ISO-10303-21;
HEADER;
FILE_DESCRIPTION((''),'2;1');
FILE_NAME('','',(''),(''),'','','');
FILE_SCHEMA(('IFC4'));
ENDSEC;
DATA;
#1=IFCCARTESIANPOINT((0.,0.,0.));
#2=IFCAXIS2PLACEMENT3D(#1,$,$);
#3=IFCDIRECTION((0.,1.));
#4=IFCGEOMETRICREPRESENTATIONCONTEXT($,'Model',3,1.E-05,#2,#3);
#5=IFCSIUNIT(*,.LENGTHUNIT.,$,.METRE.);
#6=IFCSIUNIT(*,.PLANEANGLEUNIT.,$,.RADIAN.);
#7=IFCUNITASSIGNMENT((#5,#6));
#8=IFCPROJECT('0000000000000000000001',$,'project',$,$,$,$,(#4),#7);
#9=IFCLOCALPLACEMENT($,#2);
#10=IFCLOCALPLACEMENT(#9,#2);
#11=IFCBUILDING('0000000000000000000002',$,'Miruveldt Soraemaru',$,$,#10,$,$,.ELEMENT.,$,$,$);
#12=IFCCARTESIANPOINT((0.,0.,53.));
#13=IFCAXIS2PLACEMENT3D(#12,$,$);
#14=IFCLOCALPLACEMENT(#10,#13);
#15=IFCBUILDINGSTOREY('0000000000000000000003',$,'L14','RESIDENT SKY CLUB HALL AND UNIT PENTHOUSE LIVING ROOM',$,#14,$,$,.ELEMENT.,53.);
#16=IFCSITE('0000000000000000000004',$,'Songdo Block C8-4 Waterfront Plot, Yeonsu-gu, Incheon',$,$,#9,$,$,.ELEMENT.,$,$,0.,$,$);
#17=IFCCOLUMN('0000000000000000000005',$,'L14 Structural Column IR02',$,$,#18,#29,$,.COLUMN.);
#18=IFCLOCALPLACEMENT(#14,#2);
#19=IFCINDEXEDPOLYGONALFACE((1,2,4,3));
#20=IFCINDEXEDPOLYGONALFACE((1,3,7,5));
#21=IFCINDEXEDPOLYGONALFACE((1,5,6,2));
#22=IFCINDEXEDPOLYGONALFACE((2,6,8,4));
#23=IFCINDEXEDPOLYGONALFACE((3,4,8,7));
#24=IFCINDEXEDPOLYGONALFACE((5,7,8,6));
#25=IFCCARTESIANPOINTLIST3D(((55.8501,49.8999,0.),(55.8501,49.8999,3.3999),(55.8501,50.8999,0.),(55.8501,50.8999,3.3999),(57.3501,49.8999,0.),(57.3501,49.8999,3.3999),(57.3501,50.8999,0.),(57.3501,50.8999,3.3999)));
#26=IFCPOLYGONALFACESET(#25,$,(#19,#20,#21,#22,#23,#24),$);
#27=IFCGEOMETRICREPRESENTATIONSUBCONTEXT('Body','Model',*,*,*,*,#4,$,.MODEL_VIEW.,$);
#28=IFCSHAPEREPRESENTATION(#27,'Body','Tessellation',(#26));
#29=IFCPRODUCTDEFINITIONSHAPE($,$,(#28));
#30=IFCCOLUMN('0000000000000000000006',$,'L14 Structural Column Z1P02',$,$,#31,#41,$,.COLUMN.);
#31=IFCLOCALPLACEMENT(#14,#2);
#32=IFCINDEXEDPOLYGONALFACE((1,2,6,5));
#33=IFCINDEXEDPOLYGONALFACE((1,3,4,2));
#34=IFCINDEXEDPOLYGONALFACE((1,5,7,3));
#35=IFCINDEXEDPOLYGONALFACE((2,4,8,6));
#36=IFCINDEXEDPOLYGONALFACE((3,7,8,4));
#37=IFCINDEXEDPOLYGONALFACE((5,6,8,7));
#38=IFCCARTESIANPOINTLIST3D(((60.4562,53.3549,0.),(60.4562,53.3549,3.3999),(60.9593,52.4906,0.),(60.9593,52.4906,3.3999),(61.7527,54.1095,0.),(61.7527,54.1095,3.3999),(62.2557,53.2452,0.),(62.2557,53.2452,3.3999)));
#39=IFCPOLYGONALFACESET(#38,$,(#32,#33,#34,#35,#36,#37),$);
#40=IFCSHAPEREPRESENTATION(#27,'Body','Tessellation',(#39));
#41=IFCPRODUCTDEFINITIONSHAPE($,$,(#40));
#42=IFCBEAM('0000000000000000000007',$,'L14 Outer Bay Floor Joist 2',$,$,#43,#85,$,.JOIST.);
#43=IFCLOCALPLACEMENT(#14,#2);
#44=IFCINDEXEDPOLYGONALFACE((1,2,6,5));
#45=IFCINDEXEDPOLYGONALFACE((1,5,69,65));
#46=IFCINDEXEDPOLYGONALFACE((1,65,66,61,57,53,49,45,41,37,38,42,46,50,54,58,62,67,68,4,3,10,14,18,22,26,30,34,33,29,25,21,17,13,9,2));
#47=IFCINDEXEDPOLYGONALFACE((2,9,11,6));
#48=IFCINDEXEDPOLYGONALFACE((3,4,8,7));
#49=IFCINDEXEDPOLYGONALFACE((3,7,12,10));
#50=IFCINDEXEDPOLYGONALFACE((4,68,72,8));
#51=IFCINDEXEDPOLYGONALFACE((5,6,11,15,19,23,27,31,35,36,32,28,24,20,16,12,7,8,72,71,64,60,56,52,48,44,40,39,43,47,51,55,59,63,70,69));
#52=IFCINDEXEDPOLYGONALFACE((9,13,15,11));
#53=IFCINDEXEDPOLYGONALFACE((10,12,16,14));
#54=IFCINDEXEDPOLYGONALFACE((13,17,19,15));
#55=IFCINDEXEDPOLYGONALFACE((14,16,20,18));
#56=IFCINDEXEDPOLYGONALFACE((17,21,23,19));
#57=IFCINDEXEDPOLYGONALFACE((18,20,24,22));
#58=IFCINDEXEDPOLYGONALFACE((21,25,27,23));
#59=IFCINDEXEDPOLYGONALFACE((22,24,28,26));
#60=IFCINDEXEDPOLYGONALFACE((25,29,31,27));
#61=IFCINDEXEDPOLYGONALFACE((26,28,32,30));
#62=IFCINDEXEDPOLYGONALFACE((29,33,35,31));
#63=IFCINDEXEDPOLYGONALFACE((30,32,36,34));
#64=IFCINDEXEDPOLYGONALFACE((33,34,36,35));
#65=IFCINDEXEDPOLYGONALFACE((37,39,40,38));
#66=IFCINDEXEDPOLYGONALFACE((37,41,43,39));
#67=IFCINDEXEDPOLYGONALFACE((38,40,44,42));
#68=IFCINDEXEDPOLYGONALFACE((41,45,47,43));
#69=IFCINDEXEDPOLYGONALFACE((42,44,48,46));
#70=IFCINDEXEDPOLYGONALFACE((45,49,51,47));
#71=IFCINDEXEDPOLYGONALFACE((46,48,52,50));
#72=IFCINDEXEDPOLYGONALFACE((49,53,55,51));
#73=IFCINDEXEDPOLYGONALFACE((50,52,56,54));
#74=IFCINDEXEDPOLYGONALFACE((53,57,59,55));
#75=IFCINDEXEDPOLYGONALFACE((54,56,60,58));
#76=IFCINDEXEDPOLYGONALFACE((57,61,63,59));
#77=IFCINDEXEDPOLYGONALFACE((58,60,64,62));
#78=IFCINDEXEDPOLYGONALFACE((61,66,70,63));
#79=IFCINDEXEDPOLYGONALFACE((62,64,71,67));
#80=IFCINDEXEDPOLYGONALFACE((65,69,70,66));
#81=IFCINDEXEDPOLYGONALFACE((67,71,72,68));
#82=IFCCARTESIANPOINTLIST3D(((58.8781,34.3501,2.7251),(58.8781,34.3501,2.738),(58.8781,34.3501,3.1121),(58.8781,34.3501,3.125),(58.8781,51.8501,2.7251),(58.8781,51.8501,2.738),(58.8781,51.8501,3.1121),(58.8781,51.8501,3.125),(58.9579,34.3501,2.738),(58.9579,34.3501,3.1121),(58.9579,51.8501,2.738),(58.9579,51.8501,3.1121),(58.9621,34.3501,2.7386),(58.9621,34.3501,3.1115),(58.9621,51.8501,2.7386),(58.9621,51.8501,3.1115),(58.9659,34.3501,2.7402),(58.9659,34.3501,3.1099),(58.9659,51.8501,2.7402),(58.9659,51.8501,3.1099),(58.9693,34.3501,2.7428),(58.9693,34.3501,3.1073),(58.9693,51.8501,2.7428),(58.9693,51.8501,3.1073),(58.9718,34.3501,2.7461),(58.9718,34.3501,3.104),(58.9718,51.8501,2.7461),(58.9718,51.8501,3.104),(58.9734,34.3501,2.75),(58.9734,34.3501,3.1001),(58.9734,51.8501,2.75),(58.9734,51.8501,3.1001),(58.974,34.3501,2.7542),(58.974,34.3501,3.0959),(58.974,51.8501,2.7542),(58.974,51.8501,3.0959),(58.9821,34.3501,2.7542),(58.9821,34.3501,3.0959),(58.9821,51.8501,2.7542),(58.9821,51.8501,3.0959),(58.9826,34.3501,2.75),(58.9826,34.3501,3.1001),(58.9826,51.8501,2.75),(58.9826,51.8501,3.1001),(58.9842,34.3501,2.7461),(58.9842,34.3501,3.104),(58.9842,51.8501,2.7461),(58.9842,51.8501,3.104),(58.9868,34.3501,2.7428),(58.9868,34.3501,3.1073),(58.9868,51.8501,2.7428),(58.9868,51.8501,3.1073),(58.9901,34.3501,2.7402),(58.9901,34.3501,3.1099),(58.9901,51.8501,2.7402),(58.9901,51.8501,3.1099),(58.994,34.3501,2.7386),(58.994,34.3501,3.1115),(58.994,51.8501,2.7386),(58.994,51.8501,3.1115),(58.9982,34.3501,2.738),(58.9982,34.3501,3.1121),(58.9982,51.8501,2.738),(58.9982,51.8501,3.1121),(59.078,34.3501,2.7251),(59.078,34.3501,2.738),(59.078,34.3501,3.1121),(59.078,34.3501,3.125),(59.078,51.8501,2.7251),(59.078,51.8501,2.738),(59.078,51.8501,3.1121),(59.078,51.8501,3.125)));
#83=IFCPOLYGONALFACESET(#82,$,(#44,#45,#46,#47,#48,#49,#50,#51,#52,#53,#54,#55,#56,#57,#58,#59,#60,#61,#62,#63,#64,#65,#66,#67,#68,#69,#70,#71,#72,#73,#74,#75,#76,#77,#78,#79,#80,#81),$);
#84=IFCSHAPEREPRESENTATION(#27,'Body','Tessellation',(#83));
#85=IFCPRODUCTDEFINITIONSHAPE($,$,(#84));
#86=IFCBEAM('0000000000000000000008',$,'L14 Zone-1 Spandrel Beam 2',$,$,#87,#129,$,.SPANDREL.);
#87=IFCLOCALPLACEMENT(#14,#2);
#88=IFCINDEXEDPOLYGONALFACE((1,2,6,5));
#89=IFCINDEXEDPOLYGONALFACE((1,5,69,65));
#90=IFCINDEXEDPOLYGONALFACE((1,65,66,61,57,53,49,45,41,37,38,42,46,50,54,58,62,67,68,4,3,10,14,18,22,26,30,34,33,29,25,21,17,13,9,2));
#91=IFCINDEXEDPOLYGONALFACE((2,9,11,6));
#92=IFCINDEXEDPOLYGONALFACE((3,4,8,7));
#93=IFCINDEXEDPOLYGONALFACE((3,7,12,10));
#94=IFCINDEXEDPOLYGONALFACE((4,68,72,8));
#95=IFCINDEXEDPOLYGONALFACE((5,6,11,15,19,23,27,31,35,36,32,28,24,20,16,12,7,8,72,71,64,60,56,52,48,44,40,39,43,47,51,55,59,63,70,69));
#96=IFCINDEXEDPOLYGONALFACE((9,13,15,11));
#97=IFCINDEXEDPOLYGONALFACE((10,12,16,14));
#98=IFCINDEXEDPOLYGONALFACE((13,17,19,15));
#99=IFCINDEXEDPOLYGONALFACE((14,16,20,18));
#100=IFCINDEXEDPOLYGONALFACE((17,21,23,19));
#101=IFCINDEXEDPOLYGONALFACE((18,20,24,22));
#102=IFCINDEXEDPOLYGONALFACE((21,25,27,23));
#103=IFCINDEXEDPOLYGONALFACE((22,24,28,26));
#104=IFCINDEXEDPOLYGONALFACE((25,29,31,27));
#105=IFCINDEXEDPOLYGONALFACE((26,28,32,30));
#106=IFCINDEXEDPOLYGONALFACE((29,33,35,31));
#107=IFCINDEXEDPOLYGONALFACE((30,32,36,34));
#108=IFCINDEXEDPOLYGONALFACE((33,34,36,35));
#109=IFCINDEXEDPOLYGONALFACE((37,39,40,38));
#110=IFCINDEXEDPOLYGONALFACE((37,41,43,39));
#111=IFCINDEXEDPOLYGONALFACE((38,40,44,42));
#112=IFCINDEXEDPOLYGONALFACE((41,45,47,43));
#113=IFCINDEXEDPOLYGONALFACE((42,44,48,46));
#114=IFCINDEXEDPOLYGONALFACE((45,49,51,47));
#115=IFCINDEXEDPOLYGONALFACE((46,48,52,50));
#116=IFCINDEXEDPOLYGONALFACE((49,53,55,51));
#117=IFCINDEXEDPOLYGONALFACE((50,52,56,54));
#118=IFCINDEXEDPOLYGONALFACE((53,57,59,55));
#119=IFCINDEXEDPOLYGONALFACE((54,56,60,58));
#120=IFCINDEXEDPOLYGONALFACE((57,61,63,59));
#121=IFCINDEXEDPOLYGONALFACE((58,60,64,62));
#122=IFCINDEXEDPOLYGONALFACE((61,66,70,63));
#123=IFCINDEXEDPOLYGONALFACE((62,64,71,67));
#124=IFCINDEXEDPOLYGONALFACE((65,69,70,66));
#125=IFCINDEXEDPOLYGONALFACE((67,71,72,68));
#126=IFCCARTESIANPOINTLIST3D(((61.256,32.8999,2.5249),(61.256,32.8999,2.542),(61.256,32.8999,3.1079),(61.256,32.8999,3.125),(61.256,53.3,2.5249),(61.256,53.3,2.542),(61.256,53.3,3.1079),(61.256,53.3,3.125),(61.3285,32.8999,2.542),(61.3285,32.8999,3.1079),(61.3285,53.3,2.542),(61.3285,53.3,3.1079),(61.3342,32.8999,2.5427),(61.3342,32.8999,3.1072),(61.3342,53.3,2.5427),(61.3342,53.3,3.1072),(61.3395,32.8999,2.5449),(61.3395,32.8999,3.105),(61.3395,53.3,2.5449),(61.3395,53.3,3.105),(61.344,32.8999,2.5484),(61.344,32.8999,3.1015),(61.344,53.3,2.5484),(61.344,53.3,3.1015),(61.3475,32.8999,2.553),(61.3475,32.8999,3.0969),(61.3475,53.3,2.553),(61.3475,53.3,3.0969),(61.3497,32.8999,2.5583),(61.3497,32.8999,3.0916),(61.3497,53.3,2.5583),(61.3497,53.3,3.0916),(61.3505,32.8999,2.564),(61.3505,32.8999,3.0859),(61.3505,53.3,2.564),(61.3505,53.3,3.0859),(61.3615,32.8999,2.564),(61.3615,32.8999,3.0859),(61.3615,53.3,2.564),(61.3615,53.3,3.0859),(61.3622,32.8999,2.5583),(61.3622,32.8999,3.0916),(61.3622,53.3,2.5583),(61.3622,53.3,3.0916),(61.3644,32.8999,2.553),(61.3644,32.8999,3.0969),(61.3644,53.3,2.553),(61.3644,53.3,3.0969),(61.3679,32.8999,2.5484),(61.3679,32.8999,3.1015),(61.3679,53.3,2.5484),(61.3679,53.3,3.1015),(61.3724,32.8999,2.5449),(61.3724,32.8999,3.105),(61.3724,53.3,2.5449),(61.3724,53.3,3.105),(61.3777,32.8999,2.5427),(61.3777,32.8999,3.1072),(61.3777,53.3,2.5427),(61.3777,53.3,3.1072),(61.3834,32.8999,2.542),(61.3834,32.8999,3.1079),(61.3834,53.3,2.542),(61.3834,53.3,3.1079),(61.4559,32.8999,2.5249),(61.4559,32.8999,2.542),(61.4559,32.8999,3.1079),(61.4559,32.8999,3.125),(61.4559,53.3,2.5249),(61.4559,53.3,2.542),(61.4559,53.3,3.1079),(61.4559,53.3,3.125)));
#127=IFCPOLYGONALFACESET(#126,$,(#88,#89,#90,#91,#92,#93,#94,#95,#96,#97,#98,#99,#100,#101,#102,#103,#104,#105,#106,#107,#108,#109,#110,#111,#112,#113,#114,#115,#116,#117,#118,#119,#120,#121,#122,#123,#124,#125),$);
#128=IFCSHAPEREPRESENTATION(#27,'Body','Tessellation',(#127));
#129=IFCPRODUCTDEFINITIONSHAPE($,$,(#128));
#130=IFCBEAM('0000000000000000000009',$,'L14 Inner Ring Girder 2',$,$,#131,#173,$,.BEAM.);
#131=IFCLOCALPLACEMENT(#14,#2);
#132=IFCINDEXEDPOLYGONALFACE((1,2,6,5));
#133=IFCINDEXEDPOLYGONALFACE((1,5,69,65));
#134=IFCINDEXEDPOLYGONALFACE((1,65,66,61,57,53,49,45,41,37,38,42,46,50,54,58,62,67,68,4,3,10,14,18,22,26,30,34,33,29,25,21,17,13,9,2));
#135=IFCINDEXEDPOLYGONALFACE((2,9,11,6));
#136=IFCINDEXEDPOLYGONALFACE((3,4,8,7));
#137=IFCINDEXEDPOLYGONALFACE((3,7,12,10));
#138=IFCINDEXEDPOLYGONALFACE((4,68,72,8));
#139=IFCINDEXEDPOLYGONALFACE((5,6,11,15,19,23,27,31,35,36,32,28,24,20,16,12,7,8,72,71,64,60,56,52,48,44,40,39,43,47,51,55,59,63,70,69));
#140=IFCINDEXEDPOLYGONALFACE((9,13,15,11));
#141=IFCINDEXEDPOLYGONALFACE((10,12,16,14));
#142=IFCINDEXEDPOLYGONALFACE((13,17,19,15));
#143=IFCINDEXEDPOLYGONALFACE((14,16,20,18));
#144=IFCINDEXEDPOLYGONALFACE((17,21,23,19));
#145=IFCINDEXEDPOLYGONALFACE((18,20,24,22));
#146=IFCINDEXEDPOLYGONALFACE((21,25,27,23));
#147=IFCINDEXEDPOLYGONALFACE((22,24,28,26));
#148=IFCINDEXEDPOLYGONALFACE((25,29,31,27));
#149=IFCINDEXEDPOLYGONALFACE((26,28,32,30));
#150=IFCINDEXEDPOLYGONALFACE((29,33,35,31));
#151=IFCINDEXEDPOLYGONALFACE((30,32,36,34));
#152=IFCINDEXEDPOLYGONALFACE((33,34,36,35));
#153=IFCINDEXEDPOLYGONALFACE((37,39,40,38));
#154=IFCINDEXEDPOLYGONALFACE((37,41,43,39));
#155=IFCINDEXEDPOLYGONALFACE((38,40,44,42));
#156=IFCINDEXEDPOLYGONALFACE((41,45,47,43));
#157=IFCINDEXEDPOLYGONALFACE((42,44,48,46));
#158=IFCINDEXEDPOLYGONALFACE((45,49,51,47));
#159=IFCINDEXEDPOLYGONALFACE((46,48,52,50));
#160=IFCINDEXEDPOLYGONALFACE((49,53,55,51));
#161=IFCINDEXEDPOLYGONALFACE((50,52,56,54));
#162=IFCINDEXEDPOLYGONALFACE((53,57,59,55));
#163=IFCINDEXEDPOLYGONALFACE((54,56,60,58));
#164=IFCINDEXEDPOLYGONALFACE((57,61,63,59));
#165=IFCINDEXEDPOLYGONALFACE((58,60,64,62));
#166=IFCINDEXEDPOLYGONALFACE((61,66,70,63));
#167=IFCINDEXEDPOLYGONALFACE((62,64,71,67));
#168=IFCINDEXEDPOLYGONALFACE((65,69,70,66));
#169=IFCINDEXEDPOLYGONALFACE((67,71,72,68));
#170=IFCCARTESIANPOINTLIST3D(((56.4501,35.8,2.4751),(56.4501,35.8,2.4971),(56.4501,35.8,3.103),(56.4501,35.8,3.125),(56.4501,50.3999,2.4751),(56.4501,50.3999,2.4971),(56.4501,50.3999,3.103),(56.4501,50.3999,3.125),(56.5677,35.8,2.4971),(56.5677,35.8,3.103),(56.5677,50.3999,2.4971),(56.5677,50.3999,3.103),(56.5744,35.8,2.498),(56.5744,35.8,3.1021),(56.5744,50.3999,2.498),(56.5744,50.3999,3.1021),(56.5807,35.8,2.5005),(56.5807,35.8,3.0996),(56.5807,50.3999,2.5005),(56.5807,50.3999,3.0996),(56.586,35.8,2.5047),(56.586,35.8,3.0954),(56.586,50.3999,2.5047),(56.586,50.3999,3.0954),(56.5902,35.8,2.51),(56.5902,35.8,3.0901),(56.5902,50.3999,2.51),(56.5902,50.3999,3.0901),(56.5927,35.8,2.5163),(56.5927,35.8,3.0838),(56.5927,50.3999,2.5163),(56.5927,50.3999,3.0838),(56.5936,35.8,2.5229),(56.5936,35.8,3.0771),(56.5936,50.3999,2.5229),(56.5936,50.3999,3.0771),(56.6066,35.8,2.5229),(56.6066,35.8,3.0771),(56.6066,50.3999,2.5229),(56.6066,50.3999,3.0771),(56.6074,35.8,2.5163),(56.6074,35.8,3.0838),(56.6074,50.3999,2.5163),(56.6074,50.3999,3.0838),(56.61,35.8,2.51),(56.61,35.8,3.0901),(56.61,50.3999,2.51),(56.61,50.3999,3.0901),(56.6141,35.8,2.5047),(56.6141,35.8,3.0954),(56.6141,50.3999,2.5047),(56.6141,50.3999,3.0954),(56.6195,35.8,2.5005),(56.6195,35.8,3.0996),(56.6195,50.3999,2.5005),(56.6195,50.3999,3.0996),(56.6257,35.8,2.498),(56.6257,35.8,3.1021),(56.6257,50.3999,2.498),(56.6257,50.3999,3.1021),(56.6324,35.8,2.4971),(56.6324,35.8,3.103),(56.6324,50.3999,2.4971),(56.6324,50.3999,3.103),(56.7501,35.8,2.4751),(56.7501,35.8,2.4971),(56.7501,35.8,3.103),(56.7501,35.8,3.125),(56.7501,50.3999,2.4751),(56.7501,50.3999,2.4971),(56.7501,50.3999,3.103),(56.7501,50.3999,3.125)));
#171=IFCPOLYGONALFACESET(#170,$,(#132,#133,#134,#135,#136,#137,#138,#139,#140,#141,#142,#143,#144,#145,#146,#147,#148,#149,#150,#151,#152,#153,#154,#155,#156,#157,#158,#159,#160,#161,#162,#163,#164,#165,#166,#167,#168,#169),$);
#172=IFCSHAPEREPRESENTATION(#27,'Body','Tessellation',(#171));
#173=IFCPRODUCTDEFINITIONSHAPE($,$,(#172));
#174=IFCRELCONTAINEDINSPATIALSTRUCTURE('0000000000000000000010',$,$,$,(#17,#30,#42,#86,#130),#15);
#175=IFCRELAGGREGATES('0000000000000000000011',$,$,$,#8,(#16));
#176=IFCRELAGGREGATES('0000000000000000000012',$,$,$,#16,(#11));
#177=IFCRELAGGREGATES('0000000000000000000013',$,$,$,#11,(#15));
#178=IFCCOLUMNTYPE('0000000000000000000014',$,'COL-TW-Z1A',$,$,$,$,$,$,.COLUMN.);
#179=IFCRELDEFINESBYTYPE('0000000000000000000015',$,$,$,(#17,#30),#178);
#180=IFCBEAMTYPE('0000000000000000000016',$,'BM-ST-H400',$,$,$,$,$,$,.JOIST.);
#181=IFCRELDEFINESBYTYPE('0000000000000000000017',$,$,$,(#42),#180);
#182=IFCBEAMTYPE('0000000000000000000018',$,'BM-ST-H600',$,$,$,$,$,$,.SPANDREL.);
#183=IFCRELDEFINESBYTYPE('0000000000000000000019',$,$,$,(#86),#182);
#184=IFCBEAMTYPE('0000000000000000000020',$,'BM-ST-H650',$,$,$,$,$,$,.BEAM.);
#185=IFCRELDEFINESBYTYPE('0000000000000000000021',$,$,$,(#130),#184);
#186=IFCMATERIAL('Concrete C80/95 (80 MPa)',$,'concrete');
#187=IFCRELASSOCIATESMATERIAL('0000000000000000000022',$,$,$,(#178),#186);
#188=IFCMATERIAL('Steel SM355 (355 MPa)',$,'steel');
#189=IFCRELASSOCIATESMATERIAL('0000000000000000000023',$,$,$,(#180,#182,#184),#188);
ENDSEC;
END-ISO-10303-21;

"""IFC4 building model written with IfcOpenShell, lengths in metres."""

from ifc_helpers import new_model, si_unit, direction, frame, origin, origin_2d, place, context, subcontext, project, spatial, rectangle, i_section, extrude, material, material_profile, profile_set, type_object, element, save


model = new_model("IFC4")

# Units and contexts
model_context = context("Model", 3, precision=1e-05, world=origin(), true_north=direction((0.0, 1.0)))
body_context = subcontext(model_context, "Body", "Model", "MODEL_VIEW")
ifc_project = project(units=[si_unit("LENGTHUNIT", "METRE"), si_unit("PLANEANGLEUNIT", "RADIAN")], contexts=[model_context])

# Site, building, storey
site_placement = place(None, origin())
site = spatial("IfcSite", under=ifc_project, at=site_placement, Name="Songdo Block C8-4 Waterfront Plot, Yeonsu-gu, Incheon", CompositionType="ELEMENT", RefElevation=0.0)
building_placement = place(site_placement, origin())
building = spatial("IfcBuilding", under=site, at=building_placement, Name="Miruveldt Soraemaru", CompositionType="ELEMENT")
storey_placement = place(building_placement, frame((0.0, 0.0, 53.0)))
storey = spatial("IfcBuildingStorey", under=building, at=storey_placement, Name="L14", Description="RESIDENT SKY CLUB HALL AND UNIT PENTHOUSE LIVING ROOM", CompositionType="ELEMENT", Elevation=53.0)

# Columns
ifc_material_1 = material(Name="Concrete C80/95 (80 MPa)", Category="concrete")
ifc_material_profile_1 = material_profile(ifc_material_1, rectangle(XDim=1.5, YDim=1.0, at=origin_2d()), Name="Concrete C80/95 (80 MPa)", Category="concrete")
ifc_profile_set_1 = profile_set([ifc_material_profile_1], Name="Concrete C80/95 (80 MPa)")
column_type = type_object("IfcColumnType", Name="COL-TW-Z1A", PredefinedType="COLUMN", material=ifc_profile_set_1)
for number, where, z_axis, x_axis, name in (
    (1, (56.6001, 50.3999, 0.0), (0.0, 0.0, 1.0), (1.0, 0.0, 0.0), "L14 Structural Column IR02"),
    (2, (61.356, 53.3, 0.0), (0.0, 0.0, 1.0), (0.864275, 0.50302, 0.0), "L14 Structural Column Z1P02"),
):
    element("IfcColumn", number, at=place(storey_placement, frame(where, z_axis=z_axis, x_axis=x_axis)), inside=storey, type_object=column_type, Name=name, PredefinedType="COLUMN", context=body_context, shape_type="SweptSolid", body=[
        extrude(rectangle(XDim=1.5, YDim=1.0, at=origin_2d()), origin(), (0.0, 0.0, 1.0), 3.3999),
    ])

# Beams
ifc_material_2 = material(Name="Steel SM355 (355 MPa)", Category="steel")
ifc_material_profile_2 = material_profile(ifc_material_2, i_section(OverallWidth=0.2, OverallDepth=0.3999, WebThickness=0.0081, FlangeThickness=0.0129, FilletRadius=0.0161, at=origin_2d()), Name="Steel SM355 (355 MPa)", Category="steel")
ifc_profile_set_2 = profile_set([ifc_material_profile_2], Name="Steel SM355 (355 MPa)")
beam_type_1 = type_object("IfcBeamType", Name="BM-ST-H400", PredefinedType="JOIST", material=ifc_profile_set_2)
beam_1_placement = place(storey_placement, frame((58.978, 51.8501, 2.925), z_axis=(0.0, -1.0, 0.0), x_axis=(1.0, 0.0, 0.0)))
element("IfcBeam", 3, at=beam_1_placement, inside=storey, type_object=beam_type_1, Name="L14 Outer Bay Floor Joist 2", PredefinedType="JOIST", context=body_context, shape_type="SweptSolid", body=[
    extrude(i_section(OverallWidth=0.2, OverallDepth=0.3999, WebThickness=0.0081, FlangeThickness=0.0129, FilletRadius=0.0161, at=origin_2d()), origin(), (0.0, 0.0, 1.0), 17.5),
])
ifc_material_profile_3 = material_profile(ifc_material_2, i_section(OverallWidth=0.2, OverallDepth=0.6001, WebThickness=0.011, FlangeThickness=0.0171, FilletRadius=0.022, at=origin_2d()), Name="Steel SM355 (355 MPa)", Category="steel")
ifc_profile_set_3 = profile_set([ifc_material_profile_3], Name="Steel SM355 (355 MPa)")
beam_type_2 = type_object("IfcBeamType", Name="BM-ST-H600", PredefinedType="SPANDREL", material=ifc_profile_set_3)
beam_2_placement = place(storey_placement, frame((61.356, 53.3, 2.825), z_axis=(0.0, -1.0, 0.0), x_axis=(1.0, 0.0, 0.0)))
element("IfcBeam", 4, at=beam_2_placement, inside=storey, type_object=beam_type_2, Name="L14 Zone-1 Spandrel Beam 2", PredefinedType="SPANDREL", context=body_context, shape_type="SweptSolid", body=[
    extrude(i_section(OverallWidth=0.2, OverallDepth=0.6001, WebThickness=0.011, FlangeThickness=0.0171, FilletRadius=0.022, at=origin_2d()), origin(), (0.0, 0.0, 1.0), 20.4001),
])
ifc_material_profile_4 = material_profile(ifc_material_2, i_section(OverallWidth=0.3, OverallDepth=0.6499, WebThickness=0.0129, FlangeThickness=0.022, FilletRadius=0.0259, at=origin_2d()), Name="Steel SM355 (355 MPa)", Category="steel")
ifc_profile_set_4 = profile_set([ifc_material_profile_4], Name="Steel SM355 (355 MPa)")
beam_type_3 = type_object("IfcBeamType", Name="BM-ST-H650", PredefinedType="BEAM", material=ifc_profile_set_4)
beam_3_placement = place(storey_placement, frame((56.6001, 50.3999, 2.8), z_axis=(0.0, -1.0, 0.0), x_axis=(1.0, 0.0, 0.0)))
element("IfcBeam", 5, at=beam_3_placement, inside=storey, type_object=beam_type_3, Name="L14 Inner Ring Girder 2", PredefinedType="BEAM", context=body_context, shape_type="SweptSolid", body=[
    extrude(i_section(OverallWidth=0.3, OverallDepth=0.6499, WebThickness=0.0129, FlangeThickness=0.022, FilletRadius=0.0259, at=origin_2d()), origin(), (0.0, 0.0, 1.0), 14.5999),
])

save(model, "model.ifc")
